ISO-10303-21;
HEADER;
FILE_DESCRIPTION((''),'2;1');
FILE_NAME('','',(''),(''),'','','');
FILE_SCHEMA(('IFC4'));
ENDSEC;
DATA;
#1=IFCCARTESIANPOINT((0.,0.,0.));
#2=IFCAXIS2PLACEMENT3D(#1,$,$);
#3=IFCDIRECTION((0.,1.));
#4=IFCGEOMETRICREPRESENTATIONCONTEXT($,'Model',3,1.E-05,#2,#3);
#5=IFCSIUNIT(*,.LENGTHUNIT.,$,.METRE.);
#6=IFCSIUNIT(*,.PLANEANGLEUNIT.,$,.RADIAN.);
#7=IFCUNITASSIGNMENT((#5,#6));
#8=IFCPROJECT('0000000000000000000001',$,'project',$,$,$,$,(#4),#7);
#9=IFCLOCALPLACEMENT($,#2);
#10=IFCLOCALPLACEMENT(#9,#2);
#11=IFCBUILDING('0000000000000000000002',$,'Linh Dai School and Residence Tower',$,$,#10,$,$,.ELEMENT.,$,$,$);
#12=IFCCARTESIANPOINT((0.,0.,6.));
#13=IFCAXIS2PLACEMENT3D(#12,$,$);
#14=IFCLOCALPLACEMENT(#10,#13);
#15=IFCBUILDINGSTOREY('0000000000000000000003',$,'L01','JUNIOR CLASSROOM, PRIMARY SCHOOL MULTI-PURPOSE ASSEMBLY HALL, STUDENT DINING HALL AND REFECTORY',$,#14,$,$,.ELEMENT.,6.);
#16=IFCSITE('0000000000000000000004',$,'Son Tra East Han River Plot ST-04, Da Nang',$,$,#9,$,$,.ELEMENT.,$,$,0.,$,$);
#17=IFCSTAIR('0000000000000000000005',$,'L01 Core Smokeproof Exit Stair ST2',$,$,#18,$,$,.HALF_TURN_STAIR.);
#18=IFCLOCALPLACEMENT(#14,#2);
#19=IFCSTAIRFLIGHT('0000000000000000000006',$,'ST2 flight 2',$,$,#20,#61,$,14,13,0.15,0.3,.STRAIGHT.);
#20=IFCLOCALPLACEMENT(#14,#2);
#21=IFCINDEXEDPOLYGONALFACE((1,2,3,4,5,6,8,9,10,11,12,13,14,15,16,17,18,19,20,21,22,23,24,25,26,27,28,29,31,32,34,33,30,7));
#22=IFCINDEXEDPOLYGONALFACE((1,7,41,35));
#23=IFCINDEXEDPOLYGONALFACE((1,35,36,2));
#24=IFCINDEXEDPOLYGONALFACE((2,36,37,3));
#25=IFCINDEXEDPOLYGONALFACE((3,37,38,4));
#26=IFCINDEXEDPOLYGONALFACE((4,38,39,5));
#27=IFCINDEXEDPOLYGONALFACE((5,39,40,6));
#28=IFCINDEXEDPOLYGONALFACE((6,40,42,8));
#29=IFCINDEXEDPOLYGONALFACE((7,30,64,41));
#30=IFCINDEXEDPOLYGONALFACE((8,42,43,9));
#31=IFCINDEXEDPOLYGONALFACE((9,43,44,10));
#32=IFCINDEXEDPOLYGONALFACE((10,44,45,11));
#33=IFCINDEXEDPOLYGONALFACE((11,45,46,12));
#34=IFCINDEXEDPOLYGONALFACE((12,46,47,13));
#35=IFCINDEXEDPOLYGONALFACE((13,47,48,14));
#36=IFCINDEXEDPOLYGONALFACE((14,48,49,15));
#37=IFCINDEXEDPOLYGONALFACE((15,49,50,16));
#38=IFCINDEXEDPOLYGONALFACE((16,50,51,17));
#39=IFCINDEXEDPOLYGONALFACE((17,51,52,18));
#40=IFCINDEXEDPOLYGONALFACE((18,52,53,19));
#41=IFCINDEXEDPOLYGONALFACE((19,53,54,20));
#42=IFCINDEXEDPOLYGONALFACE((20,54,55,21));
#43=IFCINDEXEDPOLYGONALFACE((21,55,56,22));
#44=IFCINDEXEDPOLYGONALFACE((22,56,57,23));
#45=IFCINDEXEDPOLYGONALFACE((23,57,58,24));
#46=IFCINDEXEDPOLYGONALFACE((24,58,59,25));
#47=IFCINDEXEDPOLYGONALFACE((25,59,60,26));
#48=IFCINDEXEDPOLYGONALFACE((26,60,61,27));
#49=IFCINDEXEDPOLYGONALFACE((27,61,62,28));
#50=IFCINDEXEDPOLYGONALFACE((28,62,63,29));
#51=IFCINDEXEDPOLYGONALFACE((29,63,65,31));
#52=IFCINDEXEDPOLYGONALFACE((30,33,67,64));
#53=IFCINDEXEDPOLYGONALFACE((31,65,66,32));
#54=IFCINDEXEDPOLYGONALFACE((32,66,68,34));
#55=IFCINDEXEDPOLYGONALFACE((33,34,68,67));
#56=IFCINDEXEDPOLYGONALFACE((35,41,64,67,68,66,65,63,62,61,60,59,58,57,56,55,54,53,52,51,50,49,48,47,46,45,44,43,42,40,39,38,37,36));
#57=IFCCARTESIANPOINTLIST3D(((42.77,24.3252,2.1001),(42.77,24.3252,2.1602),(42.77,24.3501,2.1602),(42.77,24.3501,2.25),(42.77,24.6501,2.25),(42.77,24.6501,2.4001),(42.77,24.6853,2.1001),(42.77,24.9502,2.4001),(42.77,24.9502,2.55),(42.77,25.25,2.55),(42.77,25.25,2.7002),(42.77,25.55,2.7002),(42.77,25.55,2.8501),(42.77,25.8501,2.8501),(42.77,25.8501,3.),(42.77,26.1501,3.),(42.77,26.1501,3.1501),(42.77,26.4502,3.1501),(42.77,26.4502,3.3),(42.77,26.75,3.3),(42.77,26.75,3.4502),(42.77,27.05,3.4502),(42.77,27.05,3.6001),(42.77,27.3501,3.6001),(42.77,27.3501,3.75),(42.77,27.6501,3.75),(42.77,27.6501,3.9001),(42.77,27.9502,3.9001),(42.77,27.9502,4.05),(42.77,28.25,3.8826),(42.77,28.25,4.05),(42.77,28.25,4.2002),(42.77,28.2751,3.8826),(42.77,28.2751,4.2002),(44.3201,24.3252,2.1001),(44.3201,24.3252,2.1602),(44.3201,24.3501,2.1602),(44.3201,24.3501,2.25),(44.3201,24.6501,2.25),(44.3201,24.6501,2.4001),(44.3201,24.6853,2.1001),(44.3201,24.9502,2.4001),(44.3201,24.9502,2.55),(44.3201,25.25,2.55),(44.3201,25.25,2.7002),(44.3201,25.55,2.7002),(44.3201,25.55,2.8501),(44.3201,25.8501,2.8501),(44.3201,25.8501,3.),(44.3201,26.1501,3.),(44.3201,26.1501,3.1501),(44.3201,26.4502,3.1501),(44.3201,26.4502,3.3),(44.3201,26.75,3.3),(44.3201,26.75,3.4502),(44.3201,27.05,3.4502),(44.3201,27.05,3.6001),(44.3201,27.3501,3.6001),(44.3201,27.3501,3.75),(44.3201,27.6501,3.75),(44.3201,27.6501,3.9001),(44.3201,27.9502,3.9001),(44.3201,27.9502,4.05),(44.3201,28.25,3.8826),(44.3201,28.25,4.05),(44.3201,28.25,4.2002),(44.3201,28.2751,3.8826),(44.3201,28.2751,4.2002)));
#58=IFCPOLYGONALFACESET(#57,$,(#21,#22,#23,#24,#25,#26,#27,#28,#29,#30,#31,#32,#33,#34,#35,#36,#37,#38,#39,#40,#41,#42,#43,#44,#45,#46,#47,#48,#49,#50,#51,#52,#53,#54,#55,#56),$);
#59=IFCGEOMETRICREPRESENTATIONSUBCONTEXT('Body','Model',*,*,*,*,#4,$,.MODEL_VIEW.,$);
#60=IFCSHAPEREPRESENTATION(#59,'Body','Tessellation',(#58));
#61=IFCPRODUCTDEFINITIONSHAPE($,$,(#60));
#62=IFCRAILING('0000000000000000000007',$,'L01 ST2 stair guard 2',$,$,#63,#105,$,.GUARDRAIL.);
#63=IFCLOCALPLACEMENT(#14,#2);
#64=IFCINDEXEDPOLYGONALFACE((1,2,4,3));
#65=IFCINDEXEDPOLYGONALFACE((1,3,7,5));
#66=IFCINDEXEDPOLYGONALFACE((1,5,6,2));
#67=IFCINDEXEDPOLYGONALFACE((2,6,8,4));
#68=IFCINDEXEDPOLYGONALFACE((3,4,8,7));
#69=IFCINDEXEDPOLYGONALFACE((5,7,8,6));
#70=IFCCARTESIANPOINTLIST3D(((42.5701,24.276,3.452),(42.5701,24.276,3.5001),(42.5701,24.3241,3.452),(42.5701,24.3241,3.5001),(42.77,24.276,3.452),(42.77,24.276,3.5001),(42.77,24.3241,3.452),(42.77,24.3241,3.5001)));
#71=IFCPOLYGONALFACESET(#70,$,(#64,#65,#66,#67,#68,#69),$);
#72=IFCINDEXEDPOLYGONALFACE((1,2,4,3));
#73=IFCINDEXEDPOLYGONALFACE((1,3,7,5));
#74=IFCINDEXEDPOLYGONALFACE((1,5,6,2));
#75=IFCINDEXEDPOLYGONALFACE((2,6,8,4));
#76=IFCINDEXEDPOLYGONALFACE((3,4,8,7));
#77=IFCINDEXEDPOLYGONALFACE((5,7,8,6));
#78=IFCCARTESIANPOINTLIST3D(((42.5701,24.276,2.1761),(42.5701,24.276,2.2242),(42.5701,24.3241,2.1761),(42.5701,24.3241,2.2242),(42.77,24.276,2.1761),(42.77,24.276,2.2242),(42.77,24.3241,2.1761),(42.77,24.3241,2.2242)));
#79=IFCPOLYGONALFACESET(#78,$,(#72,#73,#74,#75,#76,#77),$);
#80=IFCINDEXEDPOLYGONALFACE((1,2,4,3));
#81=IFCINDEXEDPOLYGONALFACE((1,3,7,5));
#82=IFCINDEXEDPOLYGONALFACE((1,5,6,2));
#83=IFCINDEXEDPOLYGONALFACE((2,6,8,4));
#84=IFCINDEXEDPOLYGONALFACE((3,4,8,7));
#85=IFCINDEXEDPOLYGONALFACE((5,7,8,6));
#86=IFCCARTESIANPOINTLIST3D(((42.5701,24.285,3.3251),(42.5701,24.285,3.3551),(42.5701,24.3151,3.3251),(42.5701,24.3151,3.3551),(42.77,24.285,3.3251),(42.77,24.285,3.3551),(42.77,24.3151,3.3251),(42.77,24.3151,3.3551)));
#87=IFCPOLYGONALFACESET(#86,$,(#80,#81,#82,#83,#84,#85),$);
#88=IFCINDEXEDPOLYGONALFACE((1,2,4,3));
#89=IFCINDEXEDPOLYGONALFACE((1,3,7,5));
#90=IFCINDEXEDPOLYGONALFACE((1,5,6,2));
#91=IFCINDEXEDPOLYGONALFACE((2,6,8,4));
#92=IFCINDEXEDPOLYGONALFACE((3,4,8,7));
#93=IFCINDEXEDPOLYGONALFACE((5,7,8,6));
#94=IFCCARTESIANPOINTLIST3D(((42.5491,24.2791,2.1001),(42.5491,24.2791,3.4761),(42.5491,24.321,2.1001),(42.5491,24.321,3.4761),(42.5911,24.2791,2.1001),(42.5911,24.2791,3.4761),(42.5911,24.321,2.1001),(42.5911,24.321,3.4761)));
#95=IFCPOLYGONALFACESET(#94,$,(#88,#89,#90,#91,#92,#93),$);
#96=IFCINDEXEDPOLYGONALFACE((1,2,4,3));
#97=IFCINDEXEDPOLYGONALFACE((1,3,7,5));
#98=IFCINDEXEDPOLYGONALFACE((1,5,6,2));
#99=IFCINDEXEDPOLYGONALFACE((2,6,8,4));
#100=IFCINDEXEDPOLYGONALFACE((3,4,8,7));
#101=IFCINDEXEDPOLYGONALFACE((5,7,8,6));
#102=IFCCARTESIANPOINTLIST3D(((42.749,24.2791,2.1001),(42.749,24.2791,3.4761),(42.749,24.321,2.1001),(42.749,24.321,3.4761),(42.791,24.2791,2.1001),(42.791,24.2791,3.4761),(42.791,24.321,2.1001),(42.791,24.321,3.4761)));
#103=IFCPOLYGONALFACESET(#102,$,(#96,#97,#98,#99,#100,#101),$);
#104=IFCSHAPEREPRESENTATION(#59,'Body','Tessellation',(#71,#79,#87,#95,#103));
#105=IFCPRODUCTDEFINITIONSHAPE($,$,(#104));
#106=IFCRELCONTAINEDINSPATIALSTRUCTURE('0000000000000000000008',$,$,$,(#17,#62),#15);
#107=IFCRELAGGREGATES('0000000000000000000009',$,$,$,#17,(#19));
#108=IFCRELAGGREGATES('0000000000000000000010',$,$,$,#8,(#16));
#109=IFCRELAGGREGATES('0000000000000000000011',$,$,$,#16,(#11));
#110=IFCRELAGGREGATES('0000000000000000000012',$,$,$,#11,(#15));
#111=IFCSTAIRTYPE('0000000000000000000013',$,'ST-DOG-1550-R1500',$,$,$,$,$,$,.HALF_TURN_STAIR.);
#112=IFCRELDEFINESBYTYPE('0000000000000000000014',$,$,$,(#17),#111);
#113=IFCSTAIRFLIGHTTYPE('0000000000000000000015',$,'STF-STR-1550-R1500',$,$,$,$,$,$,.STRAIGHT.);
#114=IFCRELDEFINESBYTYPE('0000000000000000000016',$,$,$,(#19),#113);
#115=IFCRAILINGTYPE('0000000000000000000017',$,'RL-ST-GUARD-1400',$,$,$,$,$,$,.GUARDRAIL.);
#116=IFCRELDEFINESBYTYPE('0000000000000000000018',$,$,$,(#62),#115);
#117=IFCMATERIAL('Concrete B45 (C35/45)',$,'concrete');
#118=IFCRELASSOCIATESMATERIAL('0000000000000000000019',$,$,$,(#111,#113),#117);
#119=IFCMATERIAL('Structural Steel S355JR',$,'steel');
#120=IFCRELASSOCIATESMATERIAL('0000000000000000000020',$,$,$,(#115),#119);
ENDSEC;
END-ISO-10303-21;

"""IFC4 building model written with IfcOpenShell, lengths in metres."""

from ifc_helpers import new_model, si_unit, direction, frame, origin, origin_2d, place, context, subcontext, project, spatial, polyline, rectangle, outline, extrude, source, transform, mapped, material, type_object, element, aggregate, save


model = new_model("IFC4")

# Units and contexts
model_context = context("Model", 3, precision=1e-05, world=origin(), true_north=direction((0.0, 1.0)))
body_context = subcontext(model_context, "Body", "Model", "MODEL_VIEW")
ifc_project = project(units=[si_unit("LENGTHUNIT", "METRE"), si_unit("PLANEANGLEUNIT", "RADIAN")], contexts=[model_context])

# Site, building, storey
site_placement = place(None, origin())
site = spatial("IfcSite", under=ifc_project, at=site_placement, Name="Son Tra East Han River Plot ST-04, Da Nang", CompositionType="ELEMENT", RefElevation=0.0)
building_placement = place(site_placement, origin())
building = spatial("IfcBuilding", under=site, at=building_placement, Name="Linh Dai School and Residence Tower", CompositionType="ELEMENT")
storey_placement = place(building_placement, frame((0.0, 0.0, 6.0)))
storey = spatial("IfcBuildingStorey", under=building, at=storey_placement, Name="L01", Description="JUNIOR CLASSROOM, PRIMARY SCHOOL MULTI-PURPOSE ASSEMBLY HALL, STUDENT DINING HALL AND REFECTORY", CompositionType="ELEMENT", Elevation=6.0)

# Shared definitions
ifc_material_1 = material(Name="Structural Steel S355JR", Category="steel")

# Shared definitions
ifc_material_2 = material(Name="Concrete B45 (C35/45)", Category="concrete")

# Stair, stair flight
stair_type = type_object("IfcStairType", Name="ST-DOG-1550-R1500", PredefinedType="HALF_TURN_STAIR", material=ifc_material_2)
stair_placement = place(storey_placement, origin())
stair = element("IfcStair", 1, at=stair_placement, inside=storey, type_object=stair_type, Name="L01 Core Smokeproof Exit Stair ST2", PredefinedType="HALF_TURN_STAIR")
stair_flight_type = type_object("IfcStairFlightType", Name="STF-STR-1550-R1500", PredefinedType="STRAIGHT", material=ifc_material_2)
shared_shape_1 = source(origin(), body_context, "Body", "SweptSolid", [
    extrude(outline(polyline([(-0.0249, 0.0), (-0.0249, 0.0601), (0.0, 0.0601), (0.0, 0.1499), (0.3, 0.1499), (0.3, 0.3), (0.6001, 0.3), (0.6001, 0.45), (0.8999, 0.45), (0.8999, 0.6001), (1.2, 0.6001), (1.2, 0.75), (1.5, 0.75), (1.5, 0.8999), (1.8, 0.8999), (1.8, 1.05), (2.1001, 1.05), (2.1001, 1.2), (2.3999, 1.2), (2.3999, 1.3501), (2.7, 1.3501), (2.7, 1.5), (3.0, 1.5), (3.0, 1.6499), (3.3, 1.6499), (3.3, 1.8), (3.6001, 1.8), (3.6001, 1.95), (3.8999, 1.95), (3.8999, 2.1001), (3.925, 2.1001), (3.925, 1.7825), (3.8999, 1.7825), (0.3352, 0.0), (-0.0249, 0.0)])), frame((0.0, 0.7749, 0.0), z_axis=(0.0, -1.0, 0.0), x_axis=(1.0, 0.0, 0.0)), (0.0, 0.0, 1.0), 1.55),
])
stair_flight_placement = place(storey_placement, frame((43.5449, 24.3501, 2.1001), z_axis=(0.0, 0.0, 1.0), x_axis=(0.0, 1.0, 0.0)))
stair_flight = element("IfcStairFlight", 2, at=stair_flight_placement, type_object=stair_flight_type, Name="ST2 flight 2", NumberOfRisers=14, NumberOfTreads=13, PredefinedType="STRAIGHT", RiserHeight=0.15, TreadLength=0.3, context=body_context, shape_type="MappedRepresentation", body=[
    mapped(shared_shape_1, transform((0.0, 0.0, 0.0), x_axis=(1.0, 0.0, 0.0), y_axis=(0.0, 1.0, 0.0), z_axis=(0.0, 0.0, 1.0), scale=1.0)),
])
aggregate(stair, [stair_flight])

# Railing
railing_type = type_object("IfcRailingType", Name="RL-ST-GUARD-1400", PredefinedType="GUARDRAIL", material=ifc_material_1)
shared_shape_2 = source(origin(), body_context, "Body", "SweptSolid", [
    extrude(rectangle(XDim=0.0481, YDim=0.0481, at=origin_2d()), frame((0.0, 0.0, 1.376), z_axis=(1.0, 0.0, 0.0), x_axis=(0.0, 1.0, 0.0)), (0.0, 0.0, 1.0), 0.2),
    extrude(rectangle(XDim=0.0481, YDim=0.0481, at=origin_2d()), frame((0.0, 0.0, 0.1001), z_axis=(1.0, 0.0, 0.0), x_axis=(0.0, 1.0, 0.0)), (0.0, 0.0, 1.0), 0.2),
    extrude(rectangle(XDim=0.03, YDim=0.03, at=origin_2d()), frame((0.0, 0.0, 1.24), z_axis=(1.0, 0.0, 0.0), x_axis=(0.0, 1.0, 0.0)), (0.0, 0.0, 1.0), 0.2),
    extrude(rectangle(XDim=0.042, YDim=0.042, at=origin_2d()), origin(), (0.0, 0.0, 1.0), 1.376),
    extrude(rectangle(XDim=0.042, YDim=0.042, at=origin_2d()), frame((0.2, 0.0, 0.0)), (0.0, 0.0, 1.0), 1.376),
])
railing_1_placement = place(storey_placement, frame((42.5701, 24.3, 2.1001)))
element("IfcRailing", 3, at=railing_1_placement, inside=storey, type_object=railing_type, Name="L01 ST2 stair guard 2", PredefinedType="GUARDRAIL", context=body_context, shape_type="MappedRepresentation", body=[
    mapped(shared_shape_2, transform((0.0, 0.0, 0.0), x_axis=(1.0, 0.0, 0.0), y_axis=(0.0, 1.0, 0.0), z_axis=(0.0, 0.0, 1.0), scale=1.0)),
])

save(model, "model.ifc")
